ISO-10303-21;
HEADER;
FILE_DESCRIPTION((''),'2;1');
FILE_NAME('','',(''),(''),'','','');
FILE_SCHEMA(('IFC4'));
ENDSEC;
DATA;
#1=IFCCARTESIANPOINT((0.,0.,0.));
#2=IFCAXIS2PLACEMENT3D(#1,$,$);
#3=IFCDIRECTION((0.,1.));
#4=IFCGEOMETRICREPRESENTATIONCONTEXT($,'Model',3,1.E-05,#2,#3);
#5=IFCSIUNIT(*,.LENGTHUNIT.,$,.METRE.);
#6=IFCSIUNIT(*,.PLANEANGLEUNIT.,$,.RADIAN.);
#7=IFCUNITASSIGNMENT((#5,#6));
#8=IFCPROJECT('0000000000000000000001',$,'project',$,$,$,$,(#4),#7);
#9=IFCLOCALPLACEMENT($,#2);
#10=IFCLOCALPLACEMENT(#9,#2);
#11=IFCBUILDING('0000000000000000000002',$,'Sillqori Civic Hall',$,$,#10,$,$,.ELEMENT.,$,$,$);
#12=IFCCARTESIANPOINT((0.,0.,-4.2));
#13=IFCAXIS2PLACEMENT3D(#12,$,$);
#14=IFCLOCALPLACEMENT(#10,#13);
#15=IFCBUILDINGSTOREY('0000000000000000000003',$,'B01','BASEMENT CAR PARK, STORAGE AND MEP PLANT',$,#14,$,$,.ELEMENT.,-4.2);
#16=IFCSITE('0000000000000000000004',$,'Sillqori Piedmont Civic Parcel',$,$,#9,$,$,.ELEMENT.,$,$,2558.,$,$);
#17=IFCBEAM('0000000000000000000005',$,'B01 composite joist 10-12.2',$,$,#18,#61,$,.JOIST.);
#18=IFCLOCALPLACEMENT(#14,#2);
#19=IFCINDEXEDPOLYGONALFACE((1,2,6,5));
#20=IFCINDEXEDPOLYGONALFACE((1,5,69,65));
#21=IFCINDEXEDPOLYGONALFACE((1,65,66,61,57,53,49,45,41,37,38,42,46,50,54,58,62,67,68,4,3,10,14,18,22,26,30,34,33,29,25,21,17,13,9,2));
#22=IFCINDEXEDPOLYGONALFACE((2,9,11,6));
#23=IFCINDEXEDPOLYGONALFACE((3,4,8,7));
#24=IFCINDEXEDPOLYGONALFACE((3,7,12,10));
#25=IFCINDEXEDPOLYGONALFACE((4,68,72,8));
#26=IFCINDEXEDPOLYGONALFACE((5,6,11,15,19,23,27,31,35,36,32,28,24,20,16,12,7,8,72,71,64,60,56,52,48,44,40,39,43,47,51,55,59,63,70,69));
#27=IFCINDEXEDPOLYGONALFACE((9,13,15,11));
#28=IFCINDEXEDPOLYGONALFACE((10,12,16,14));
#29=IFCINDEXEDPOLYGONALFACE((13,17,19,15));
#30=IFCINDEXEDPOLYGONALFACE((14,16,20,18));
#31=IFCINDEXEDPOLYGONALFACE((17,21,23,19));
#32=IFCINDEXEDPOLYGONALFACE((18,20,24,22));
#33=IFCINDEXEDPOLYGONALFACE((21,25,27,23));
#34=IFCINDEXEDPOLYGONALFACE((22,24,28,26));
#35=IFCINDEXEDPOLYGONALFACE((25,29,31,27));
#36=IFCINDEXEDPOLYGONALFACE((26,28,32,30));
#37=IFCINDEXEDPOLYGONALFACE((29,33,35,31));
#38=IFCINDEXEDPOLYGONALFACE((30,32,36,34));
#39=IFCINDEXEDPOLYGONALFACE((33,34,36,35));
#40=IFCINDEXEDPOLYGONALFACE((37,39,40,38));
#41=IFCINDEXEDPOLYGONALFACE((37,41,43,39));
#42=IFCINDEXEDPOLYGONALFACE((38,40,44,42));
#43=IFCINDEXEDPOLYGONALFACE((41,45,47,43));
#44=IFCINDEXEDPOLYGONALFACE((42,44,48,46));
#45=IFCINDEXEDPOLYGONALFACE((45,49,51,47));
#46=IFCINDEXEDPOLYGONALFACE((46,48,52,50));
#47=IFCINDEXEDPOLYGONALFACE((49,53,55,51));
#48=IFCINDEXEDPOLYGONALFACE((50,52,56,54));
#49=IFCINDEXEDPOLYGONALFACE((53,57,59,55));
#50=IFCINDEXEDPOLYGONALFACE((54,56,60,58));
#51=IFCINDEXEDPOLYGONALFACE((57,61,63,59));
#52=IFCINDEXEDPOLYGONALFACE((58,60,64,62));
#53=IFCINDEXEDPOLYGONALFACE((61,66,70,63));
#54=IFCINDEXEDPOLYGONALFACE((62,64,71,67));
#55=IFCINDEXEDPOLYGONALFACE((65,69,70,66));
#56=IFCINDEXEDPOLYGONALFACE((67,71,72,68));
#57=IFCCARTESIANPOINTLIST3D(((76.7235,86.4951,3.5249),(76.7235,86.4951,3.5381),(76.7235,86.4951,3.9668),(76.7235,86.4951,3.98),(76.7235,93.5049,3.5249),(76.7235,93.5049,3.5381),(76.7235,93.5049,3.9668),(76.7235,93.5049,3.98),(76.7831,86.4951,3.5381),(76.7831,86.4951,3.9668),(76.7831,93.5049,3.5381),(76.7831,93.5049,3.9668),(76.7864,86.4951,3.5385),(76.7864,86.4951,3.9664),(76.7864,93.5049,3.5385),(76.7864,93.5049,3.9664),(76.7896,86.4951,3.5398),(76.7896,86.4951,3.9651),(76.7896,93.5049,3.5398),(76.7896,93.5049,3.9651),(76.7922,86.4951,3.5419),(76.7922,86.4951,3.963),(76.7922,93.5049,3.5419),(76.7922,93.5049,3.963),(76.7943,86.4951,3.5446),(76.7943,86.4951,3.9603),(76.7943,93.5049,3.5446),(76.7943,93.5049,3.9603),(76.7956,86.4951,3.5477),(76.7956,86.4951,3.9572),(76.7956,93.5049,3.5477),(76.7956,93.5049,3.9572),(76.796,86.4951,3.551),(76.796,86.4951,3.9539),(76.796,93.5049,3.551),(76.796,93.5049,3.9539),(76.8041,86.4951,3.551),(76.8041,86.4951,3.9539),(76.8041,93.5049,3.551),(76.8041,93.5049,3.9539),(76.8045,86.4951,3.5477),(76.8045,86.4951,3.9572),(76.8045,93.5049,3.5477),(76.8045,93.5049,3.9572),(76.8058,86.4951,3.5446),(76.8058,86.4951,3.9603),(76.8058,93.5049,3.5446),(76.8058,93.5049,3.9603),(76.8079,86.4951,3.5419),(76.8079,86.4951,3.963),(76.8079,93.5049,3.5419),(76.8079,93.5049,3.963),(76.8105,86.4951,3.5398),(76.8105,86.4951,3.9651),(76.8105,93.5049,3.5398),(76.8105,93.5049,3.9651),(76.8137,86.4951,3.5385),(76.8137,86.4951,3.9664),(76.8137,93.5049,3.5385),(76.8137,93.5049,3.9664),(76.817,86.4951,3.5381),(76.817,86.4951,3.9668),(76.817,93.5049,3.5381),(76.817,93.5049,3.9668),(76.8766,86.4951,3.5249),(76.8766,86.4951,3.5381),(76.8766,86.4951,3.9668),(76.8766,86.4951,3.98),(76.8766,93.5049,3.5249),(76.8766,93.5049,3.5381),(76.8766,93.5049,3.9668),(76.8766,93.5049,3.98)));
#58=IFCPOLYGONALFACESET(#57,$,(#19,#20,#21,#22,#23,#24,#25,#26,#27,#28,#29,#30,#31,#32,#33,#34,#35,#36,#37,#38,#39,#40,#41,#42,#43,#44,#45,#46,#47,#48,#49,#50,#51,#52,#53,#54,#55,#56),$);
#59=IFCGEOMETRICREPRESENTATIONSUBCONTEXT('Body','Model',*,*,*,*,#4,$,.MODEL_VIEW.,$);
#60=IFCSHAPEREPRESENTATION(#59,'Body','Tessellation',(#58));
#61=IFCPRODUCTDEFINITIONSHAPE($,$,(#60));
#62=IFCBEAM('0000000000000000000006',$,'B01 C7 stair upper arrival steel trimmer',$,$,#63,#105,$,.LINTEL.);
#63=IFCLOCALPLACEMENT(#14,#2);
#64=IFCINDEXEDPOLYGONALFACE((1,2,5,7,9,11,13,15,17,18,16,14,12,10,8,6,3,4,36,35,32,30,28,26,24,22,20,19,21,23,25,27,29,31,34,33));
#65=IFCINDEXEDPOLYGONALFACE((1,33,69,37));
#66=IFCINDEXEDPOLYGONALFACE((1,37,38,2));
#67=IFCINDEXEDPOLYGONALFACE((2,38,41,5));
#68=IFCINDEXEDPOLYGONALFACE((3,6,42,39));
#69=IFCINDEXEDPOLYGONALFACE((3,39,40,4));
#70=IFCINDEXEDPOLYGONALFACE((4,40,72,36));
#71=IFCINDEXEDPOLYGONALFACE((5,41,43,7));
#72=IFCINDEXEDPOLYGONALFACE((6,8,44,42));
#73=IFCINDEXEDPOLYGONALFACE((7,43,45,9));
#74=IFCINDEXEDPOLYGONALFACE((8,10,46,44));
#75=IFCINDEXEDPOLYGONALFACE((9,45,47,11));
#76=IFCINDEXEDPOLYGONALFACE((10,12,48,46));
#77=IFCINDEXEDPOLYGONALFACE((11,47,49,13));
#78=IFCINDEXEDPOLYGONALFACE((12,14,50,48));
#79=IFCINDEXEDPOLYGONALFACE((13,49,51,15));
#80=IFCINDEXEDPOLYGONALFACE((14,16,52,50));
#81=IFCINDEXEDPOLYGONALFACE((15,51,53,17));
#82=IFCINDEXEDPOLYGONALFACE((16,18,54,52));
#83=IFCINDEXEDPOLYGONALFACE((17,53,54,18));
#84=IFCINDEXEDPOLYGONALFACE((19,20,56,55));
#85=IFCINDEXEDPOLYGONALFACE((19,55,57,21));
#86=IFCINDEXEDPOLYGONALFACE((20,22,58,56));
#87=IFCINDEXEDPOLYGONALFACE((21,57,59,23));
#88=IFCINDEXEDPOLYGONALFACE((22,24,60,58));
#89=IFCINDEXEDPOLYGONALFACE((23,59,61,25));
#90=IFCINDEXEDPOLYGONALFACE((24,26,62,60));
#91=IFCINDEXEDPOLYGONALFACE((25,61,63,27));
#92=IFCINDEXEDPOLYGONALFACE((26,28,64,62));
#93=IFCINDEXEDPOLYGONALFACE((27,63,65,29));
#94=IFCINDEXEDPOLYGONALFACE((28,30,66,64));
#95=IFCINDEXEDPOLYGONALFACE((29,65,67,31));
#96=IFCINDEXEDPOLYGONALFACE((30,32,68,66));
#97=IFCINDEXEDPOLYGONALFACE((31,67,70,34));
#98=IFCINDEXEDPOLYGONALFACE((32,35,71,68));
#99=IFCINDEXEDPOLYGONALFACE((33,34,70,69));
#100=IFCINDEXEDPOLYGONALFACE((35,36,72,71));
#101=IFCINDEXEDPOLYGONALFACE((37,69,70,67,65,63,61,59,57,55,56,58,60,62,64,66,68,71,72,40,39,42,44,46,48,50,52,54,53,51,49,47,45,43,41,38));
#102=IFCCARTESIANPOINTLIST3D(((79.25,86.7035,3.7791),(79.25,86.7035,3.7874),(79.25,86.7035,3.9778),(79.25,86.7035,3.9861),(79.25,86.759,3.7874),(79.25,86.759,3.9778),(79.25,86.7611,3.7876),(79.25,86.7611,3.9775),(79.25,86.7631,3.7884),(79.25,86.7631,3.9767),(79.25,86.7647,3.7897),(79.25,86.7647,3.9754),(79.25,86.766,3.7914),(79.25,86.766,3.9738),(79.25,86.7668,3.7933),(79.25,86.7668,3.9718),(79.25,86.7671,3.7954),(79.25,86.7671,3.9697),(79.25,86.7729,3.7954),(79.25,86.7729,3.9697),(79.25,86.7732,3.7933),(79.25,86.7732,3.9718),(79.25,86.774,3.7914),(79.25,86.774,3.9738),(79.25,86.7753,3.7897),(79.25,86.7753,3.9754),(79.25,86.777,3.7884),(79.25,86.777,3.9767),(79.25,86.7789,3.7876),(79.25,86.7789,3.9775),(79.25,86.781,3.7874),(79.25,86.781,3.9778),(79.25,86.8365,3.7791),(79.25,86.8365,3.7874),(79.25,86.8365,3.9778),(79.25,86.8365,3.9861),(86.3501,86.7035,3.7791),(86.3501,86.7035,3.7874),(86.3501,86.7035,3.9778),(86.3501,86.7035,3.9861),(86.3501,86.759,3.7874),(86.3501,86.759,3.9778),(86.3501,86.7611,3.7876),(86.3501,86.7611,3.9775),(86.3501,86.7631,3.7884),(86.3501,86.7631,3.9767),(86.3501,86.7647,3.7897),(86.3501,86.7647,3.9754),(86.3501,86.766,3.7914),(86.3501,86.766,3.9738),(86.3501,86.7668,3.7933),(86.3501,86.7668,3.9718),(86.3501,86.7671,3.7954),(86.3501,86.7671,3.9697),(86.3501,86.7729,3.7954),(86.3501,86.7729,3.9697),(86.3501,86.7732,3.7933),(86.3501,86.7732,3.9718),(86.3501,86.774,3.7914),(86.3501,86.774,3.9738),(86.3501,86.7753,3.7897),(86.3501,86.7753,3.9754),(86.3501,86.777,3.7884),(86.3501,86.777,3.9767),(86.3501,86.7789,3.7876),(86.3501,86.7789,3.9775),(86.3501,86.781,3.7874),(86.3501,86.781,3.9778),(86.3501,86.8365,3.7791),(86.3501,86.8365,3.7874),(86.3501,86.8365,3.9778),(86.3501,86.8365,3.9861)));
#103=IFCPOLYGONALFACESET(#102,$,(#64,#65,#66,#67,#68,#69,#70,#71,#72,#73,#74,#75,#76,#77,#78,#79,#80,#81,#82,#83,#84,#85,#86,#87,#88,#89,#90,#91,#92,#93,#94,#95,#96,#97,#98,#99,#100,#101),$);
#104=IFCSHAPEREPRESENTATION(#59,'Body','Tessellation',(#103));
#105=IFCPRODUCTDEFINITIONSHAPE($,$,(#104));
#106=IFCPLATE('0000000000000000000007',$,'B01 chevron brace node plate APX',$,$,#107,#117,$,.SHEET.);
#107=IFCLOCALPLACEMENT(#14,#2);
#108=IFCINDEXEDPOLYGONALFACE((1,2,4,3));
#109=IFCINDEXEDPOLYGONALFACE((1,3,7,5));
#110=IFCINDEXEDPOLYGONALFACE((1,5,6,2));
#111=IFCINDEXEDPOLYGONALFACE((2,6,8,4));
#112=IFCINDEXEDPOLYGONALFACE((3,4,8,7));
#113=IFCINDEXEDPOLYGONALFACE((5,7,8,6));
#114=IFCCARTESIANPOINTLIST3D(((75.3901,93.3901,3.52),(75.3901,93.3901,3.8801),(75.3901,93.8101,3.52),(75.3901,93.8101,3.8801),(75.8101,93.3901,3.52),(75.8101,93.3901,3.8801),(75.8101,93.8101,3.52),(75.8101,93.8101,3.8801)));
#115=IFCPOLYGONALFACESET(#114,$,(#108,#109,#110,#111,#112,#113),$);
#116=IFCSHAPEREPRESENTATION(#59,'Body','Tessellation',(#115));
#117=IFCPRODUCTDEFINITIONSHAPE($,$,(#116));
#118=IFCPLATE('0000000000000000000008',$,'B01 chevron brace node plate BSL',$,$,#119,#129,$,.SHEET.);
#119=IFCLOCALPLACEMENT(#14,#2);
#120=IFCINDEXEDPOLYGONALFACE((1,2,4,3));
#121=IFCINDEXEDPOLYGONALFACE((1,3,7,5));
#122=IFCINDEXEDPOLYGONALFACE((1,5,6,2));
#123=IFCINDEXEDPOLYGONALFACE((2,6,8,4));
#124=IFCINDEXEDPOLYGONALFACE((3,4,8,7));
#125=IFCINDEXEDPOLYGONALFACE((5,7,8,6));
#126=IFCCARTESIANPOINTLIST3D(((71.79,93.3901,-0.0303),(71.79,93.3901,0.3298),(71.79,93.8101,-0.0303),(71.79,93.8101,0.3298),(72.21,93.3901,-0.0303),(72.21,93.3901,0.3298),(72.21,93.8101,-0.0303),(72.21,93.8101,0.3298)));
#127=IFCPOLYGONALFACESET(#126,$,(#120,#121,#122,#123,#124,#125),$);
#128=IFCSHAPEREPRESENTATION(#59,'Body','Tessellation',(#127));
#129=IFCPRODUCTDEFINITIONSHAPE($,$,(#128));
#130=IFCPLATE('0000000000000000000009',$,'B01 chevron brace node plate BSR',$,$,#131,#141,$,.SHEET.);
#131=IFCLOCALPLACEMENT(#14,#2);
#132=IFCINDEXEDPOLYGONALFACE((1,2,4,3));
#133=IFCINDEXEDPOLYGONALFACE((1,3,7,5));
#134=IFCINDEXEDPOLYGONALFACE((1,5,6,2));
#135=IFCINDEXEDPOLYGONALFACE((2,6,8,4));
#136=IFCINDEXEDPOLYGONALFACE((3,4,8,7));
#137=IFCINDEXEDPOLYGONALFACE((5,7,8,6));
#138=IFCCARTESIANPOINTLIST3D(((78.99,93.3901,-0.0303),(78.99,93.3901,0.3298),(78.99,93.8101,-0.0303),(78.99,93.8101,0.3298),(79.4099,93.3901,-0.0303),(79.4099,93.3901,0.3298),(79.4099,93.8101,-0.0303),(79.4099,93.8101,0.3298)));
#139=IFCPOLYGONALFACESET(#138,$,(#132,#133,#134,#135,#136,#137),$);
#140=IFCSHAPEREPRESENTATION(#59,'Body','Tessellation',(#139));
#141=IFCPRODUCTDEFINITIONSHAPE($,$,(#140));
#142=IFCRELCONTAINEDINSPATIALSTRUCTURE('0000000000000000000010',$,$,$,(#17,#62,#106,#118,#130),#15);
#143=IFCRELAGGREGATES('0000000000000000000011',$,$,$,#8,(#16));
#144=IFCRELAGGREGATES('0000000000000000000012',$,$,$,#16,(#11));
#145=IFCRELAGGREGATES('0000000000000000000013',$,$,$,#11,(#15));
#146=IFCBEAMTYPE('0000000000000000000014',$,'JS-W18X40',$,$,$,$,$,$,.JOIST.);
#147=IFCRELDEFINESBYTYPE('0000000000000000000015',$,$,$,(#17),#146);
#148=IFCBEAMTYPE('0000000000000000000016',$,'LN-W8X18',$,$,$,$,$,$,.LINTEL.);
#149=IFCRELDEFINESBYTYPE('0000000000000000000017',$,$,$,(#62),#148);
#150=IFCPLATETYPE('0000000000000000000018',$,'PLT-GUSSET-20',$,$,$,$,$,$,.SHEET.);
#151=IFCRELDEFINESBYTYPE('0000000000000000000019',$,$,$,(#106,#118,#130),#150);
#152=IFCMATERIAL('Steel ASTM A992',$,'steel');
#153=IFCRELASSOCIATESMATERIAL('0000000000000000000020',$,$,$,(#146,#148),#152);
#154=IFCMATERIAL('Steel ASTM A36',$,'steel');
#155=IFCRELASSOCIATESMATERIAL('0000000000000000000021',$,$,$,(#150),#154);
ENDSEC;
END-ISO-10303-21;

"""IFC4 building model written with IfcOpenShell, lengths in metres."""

from ifc_helpers import new_model, si_unit, direction, frame, origin, origin_2d, place, context, subcontext, project, spatial, rectangle, i_section, extrude, material, material_profile, profile_set, type_object, element, save


model = new_model("IFC4")

# Units and contexts
model_context = context("Model", 3, precision=1e-05, world=origin(), true_north=direction((0.0, 1.0)))
body_context = subcontext(model_context, "Body", "Model", "MODEL_VIEW")
ifc_project = project(units=[si_unit("LENGTHUNIT", "METRE"), si_unit("PLANEANGLEUNIT", "RADIAN")], contexts=[model_context])

# Site, building, storey
site_placement = place(None, origin())
site = spatial("IfcSite", under=ifc_project, at=site_placement, Name="Sillqori Piedmont Civic Parcel", CompositionType="ELEMENT", RefElevation=2558.0)
building_placement = place(site_placement, origin())
building = spatial("IfcBuilding", under=site, at=building_placement, Name="Sillqori Civic Hall", CompositionType="ELEMENT")
storey_placement = place(building_placement, frame((0.0, 0.0, -4.2)))
storey = spatial("IfcBuildingStorey", under=building, at=storey_placement, Name="B01", Description="BASEMENT CAR PARK, STORAGE AND MEP PLANT", CompositionType="ELEMENT", Elevation=-4.2)

# Shared definitions
ifc_material_1 = material(Name="Steel ASTM A992", Category="steel")

# Beams
ifc_material_profile_1 = material_profile(ifc_material_1, i_section(OverallWidth=0.1531, OverallDepth=0.4551, WebThickness=0.0081, FlangeThickness=0.0132, FilletRadius=0.0129, at=origin_2d()), Name="W18X40")
ifc_profile_set_1 = profile_set([ifc_material_profile_1], Name="Steel ASTM A992")
beam_type_1 = type_object("IfcBeamType", Name="JS-W18X40", PredefinedType="JOIST", material=ifc_profile_set_1)
for number, where, z_axis, x_axis, name in (
    (1, (76.8, 86.4951, 3.7524), (0.0, 1.0, 0.0), (-1.0, 0.0, 0.0), "B01 composite joist 10-12.2"),
):
    element("IfcBeam", number, at=place(storey_placement, frame(where, z_axis=z_axis, x_axis=x_axis)), inside=storey, type_object=beam_type_1, Name=name, PredefinedType="JOIST", context=body_context, shape_type="SweptSolid", body=[
        extrude(i_section(OverallWidth=0.1531, OverallDepth=0.4551, WebThickness=0.0081, FlangeThickness=0.0132, FilletRadius=0.0129, at=origin_2d()), origin(), (0.0, 0.0, 1.0), 7.0098),
    ])
ifc_material_profile_2 = material_profile(ifc_material_1, i_section(OverallWidth=0.1331, OverallDepth=0.207, WebThickness=0.0059, FlangeThickness=0.0083, FilletRadius=0.0081, at=origin_2d()), Name="W8X18")
ifc_profile_set_2 = profile_set([ifc_material_profile_2], Name="Steel ASTM A992")
beam_type_2 = type_object("IfcBeamType", Name="LN-W8X18", PredefinedType="LINTEL", material=ifc_profile_set_2)
beam_placement = place(storey_placement, frame((79.25, 86.77, 3.8826), z_axis=(1.0, 0.0, 0.0), x_axis=(0.0, 1.0, 0.0)))
element("IfcBeam", 2, at=beam_placement, inside=storey, type_object=beam_type_2, Name="B01 C7 stair upper arrival steel trimmer", PredefinedType="LINTEL", context=body_context, shape_type="SweptSolid", body=[
    extrude(i_section(OverallWidth=0.1331, OverallDepth=0.207, WebThickness=0.0059, FlangeThickness=0.0083, FilletRadius=0.0081, at=origin_2d()), origin(), (0.0, 0.0, 1.0), 7.1001),
])

# Plates
ifc_material_2 = material(Name="Steel ASTM A36", Category="steel")
plate_type = type_object("IfcPlateType", Name="PLT-GUSSET-20", PredefinedType="SHEET", material=ifc_material_2)
for number, where, z_axis, x_axis, name in (
    (3, (75.6001, 93.6001, 3.52), (0.0, 0.0, 1.0), (1.0, 0.0, 0.0), "B01 chevron brace node plate APX"),
    (4, (72.0, 93.6001, -0.0303), (0.0, 0.0, 1.0), (1.0, 0.0, 0.0), "B01 chevron brace node plate BSL"),
    (5, (79.2, 93.6001, -0.0303), (0.0, 0.0, 1.0), (1.0, 0.0, 0.0), "B01 chevron brace node plate BSR"),
):
    element("IfcPlate", number, at=place(storey_placement, frame(where, z_axis=z_axis, x_axis=x_axis)), inside=storey, type_object=plate_type, Name=name, PredefinedType="SHEET", context=body_context, shape_type="SweptSolid", body=[
        extrude(rectangle(XDim=0.4199, YDim=0.4199, at=origin_2d()), origin(), (0.0, 0.0, 1.0), 0.3601),
    ])

save(model, "model.ifc")
